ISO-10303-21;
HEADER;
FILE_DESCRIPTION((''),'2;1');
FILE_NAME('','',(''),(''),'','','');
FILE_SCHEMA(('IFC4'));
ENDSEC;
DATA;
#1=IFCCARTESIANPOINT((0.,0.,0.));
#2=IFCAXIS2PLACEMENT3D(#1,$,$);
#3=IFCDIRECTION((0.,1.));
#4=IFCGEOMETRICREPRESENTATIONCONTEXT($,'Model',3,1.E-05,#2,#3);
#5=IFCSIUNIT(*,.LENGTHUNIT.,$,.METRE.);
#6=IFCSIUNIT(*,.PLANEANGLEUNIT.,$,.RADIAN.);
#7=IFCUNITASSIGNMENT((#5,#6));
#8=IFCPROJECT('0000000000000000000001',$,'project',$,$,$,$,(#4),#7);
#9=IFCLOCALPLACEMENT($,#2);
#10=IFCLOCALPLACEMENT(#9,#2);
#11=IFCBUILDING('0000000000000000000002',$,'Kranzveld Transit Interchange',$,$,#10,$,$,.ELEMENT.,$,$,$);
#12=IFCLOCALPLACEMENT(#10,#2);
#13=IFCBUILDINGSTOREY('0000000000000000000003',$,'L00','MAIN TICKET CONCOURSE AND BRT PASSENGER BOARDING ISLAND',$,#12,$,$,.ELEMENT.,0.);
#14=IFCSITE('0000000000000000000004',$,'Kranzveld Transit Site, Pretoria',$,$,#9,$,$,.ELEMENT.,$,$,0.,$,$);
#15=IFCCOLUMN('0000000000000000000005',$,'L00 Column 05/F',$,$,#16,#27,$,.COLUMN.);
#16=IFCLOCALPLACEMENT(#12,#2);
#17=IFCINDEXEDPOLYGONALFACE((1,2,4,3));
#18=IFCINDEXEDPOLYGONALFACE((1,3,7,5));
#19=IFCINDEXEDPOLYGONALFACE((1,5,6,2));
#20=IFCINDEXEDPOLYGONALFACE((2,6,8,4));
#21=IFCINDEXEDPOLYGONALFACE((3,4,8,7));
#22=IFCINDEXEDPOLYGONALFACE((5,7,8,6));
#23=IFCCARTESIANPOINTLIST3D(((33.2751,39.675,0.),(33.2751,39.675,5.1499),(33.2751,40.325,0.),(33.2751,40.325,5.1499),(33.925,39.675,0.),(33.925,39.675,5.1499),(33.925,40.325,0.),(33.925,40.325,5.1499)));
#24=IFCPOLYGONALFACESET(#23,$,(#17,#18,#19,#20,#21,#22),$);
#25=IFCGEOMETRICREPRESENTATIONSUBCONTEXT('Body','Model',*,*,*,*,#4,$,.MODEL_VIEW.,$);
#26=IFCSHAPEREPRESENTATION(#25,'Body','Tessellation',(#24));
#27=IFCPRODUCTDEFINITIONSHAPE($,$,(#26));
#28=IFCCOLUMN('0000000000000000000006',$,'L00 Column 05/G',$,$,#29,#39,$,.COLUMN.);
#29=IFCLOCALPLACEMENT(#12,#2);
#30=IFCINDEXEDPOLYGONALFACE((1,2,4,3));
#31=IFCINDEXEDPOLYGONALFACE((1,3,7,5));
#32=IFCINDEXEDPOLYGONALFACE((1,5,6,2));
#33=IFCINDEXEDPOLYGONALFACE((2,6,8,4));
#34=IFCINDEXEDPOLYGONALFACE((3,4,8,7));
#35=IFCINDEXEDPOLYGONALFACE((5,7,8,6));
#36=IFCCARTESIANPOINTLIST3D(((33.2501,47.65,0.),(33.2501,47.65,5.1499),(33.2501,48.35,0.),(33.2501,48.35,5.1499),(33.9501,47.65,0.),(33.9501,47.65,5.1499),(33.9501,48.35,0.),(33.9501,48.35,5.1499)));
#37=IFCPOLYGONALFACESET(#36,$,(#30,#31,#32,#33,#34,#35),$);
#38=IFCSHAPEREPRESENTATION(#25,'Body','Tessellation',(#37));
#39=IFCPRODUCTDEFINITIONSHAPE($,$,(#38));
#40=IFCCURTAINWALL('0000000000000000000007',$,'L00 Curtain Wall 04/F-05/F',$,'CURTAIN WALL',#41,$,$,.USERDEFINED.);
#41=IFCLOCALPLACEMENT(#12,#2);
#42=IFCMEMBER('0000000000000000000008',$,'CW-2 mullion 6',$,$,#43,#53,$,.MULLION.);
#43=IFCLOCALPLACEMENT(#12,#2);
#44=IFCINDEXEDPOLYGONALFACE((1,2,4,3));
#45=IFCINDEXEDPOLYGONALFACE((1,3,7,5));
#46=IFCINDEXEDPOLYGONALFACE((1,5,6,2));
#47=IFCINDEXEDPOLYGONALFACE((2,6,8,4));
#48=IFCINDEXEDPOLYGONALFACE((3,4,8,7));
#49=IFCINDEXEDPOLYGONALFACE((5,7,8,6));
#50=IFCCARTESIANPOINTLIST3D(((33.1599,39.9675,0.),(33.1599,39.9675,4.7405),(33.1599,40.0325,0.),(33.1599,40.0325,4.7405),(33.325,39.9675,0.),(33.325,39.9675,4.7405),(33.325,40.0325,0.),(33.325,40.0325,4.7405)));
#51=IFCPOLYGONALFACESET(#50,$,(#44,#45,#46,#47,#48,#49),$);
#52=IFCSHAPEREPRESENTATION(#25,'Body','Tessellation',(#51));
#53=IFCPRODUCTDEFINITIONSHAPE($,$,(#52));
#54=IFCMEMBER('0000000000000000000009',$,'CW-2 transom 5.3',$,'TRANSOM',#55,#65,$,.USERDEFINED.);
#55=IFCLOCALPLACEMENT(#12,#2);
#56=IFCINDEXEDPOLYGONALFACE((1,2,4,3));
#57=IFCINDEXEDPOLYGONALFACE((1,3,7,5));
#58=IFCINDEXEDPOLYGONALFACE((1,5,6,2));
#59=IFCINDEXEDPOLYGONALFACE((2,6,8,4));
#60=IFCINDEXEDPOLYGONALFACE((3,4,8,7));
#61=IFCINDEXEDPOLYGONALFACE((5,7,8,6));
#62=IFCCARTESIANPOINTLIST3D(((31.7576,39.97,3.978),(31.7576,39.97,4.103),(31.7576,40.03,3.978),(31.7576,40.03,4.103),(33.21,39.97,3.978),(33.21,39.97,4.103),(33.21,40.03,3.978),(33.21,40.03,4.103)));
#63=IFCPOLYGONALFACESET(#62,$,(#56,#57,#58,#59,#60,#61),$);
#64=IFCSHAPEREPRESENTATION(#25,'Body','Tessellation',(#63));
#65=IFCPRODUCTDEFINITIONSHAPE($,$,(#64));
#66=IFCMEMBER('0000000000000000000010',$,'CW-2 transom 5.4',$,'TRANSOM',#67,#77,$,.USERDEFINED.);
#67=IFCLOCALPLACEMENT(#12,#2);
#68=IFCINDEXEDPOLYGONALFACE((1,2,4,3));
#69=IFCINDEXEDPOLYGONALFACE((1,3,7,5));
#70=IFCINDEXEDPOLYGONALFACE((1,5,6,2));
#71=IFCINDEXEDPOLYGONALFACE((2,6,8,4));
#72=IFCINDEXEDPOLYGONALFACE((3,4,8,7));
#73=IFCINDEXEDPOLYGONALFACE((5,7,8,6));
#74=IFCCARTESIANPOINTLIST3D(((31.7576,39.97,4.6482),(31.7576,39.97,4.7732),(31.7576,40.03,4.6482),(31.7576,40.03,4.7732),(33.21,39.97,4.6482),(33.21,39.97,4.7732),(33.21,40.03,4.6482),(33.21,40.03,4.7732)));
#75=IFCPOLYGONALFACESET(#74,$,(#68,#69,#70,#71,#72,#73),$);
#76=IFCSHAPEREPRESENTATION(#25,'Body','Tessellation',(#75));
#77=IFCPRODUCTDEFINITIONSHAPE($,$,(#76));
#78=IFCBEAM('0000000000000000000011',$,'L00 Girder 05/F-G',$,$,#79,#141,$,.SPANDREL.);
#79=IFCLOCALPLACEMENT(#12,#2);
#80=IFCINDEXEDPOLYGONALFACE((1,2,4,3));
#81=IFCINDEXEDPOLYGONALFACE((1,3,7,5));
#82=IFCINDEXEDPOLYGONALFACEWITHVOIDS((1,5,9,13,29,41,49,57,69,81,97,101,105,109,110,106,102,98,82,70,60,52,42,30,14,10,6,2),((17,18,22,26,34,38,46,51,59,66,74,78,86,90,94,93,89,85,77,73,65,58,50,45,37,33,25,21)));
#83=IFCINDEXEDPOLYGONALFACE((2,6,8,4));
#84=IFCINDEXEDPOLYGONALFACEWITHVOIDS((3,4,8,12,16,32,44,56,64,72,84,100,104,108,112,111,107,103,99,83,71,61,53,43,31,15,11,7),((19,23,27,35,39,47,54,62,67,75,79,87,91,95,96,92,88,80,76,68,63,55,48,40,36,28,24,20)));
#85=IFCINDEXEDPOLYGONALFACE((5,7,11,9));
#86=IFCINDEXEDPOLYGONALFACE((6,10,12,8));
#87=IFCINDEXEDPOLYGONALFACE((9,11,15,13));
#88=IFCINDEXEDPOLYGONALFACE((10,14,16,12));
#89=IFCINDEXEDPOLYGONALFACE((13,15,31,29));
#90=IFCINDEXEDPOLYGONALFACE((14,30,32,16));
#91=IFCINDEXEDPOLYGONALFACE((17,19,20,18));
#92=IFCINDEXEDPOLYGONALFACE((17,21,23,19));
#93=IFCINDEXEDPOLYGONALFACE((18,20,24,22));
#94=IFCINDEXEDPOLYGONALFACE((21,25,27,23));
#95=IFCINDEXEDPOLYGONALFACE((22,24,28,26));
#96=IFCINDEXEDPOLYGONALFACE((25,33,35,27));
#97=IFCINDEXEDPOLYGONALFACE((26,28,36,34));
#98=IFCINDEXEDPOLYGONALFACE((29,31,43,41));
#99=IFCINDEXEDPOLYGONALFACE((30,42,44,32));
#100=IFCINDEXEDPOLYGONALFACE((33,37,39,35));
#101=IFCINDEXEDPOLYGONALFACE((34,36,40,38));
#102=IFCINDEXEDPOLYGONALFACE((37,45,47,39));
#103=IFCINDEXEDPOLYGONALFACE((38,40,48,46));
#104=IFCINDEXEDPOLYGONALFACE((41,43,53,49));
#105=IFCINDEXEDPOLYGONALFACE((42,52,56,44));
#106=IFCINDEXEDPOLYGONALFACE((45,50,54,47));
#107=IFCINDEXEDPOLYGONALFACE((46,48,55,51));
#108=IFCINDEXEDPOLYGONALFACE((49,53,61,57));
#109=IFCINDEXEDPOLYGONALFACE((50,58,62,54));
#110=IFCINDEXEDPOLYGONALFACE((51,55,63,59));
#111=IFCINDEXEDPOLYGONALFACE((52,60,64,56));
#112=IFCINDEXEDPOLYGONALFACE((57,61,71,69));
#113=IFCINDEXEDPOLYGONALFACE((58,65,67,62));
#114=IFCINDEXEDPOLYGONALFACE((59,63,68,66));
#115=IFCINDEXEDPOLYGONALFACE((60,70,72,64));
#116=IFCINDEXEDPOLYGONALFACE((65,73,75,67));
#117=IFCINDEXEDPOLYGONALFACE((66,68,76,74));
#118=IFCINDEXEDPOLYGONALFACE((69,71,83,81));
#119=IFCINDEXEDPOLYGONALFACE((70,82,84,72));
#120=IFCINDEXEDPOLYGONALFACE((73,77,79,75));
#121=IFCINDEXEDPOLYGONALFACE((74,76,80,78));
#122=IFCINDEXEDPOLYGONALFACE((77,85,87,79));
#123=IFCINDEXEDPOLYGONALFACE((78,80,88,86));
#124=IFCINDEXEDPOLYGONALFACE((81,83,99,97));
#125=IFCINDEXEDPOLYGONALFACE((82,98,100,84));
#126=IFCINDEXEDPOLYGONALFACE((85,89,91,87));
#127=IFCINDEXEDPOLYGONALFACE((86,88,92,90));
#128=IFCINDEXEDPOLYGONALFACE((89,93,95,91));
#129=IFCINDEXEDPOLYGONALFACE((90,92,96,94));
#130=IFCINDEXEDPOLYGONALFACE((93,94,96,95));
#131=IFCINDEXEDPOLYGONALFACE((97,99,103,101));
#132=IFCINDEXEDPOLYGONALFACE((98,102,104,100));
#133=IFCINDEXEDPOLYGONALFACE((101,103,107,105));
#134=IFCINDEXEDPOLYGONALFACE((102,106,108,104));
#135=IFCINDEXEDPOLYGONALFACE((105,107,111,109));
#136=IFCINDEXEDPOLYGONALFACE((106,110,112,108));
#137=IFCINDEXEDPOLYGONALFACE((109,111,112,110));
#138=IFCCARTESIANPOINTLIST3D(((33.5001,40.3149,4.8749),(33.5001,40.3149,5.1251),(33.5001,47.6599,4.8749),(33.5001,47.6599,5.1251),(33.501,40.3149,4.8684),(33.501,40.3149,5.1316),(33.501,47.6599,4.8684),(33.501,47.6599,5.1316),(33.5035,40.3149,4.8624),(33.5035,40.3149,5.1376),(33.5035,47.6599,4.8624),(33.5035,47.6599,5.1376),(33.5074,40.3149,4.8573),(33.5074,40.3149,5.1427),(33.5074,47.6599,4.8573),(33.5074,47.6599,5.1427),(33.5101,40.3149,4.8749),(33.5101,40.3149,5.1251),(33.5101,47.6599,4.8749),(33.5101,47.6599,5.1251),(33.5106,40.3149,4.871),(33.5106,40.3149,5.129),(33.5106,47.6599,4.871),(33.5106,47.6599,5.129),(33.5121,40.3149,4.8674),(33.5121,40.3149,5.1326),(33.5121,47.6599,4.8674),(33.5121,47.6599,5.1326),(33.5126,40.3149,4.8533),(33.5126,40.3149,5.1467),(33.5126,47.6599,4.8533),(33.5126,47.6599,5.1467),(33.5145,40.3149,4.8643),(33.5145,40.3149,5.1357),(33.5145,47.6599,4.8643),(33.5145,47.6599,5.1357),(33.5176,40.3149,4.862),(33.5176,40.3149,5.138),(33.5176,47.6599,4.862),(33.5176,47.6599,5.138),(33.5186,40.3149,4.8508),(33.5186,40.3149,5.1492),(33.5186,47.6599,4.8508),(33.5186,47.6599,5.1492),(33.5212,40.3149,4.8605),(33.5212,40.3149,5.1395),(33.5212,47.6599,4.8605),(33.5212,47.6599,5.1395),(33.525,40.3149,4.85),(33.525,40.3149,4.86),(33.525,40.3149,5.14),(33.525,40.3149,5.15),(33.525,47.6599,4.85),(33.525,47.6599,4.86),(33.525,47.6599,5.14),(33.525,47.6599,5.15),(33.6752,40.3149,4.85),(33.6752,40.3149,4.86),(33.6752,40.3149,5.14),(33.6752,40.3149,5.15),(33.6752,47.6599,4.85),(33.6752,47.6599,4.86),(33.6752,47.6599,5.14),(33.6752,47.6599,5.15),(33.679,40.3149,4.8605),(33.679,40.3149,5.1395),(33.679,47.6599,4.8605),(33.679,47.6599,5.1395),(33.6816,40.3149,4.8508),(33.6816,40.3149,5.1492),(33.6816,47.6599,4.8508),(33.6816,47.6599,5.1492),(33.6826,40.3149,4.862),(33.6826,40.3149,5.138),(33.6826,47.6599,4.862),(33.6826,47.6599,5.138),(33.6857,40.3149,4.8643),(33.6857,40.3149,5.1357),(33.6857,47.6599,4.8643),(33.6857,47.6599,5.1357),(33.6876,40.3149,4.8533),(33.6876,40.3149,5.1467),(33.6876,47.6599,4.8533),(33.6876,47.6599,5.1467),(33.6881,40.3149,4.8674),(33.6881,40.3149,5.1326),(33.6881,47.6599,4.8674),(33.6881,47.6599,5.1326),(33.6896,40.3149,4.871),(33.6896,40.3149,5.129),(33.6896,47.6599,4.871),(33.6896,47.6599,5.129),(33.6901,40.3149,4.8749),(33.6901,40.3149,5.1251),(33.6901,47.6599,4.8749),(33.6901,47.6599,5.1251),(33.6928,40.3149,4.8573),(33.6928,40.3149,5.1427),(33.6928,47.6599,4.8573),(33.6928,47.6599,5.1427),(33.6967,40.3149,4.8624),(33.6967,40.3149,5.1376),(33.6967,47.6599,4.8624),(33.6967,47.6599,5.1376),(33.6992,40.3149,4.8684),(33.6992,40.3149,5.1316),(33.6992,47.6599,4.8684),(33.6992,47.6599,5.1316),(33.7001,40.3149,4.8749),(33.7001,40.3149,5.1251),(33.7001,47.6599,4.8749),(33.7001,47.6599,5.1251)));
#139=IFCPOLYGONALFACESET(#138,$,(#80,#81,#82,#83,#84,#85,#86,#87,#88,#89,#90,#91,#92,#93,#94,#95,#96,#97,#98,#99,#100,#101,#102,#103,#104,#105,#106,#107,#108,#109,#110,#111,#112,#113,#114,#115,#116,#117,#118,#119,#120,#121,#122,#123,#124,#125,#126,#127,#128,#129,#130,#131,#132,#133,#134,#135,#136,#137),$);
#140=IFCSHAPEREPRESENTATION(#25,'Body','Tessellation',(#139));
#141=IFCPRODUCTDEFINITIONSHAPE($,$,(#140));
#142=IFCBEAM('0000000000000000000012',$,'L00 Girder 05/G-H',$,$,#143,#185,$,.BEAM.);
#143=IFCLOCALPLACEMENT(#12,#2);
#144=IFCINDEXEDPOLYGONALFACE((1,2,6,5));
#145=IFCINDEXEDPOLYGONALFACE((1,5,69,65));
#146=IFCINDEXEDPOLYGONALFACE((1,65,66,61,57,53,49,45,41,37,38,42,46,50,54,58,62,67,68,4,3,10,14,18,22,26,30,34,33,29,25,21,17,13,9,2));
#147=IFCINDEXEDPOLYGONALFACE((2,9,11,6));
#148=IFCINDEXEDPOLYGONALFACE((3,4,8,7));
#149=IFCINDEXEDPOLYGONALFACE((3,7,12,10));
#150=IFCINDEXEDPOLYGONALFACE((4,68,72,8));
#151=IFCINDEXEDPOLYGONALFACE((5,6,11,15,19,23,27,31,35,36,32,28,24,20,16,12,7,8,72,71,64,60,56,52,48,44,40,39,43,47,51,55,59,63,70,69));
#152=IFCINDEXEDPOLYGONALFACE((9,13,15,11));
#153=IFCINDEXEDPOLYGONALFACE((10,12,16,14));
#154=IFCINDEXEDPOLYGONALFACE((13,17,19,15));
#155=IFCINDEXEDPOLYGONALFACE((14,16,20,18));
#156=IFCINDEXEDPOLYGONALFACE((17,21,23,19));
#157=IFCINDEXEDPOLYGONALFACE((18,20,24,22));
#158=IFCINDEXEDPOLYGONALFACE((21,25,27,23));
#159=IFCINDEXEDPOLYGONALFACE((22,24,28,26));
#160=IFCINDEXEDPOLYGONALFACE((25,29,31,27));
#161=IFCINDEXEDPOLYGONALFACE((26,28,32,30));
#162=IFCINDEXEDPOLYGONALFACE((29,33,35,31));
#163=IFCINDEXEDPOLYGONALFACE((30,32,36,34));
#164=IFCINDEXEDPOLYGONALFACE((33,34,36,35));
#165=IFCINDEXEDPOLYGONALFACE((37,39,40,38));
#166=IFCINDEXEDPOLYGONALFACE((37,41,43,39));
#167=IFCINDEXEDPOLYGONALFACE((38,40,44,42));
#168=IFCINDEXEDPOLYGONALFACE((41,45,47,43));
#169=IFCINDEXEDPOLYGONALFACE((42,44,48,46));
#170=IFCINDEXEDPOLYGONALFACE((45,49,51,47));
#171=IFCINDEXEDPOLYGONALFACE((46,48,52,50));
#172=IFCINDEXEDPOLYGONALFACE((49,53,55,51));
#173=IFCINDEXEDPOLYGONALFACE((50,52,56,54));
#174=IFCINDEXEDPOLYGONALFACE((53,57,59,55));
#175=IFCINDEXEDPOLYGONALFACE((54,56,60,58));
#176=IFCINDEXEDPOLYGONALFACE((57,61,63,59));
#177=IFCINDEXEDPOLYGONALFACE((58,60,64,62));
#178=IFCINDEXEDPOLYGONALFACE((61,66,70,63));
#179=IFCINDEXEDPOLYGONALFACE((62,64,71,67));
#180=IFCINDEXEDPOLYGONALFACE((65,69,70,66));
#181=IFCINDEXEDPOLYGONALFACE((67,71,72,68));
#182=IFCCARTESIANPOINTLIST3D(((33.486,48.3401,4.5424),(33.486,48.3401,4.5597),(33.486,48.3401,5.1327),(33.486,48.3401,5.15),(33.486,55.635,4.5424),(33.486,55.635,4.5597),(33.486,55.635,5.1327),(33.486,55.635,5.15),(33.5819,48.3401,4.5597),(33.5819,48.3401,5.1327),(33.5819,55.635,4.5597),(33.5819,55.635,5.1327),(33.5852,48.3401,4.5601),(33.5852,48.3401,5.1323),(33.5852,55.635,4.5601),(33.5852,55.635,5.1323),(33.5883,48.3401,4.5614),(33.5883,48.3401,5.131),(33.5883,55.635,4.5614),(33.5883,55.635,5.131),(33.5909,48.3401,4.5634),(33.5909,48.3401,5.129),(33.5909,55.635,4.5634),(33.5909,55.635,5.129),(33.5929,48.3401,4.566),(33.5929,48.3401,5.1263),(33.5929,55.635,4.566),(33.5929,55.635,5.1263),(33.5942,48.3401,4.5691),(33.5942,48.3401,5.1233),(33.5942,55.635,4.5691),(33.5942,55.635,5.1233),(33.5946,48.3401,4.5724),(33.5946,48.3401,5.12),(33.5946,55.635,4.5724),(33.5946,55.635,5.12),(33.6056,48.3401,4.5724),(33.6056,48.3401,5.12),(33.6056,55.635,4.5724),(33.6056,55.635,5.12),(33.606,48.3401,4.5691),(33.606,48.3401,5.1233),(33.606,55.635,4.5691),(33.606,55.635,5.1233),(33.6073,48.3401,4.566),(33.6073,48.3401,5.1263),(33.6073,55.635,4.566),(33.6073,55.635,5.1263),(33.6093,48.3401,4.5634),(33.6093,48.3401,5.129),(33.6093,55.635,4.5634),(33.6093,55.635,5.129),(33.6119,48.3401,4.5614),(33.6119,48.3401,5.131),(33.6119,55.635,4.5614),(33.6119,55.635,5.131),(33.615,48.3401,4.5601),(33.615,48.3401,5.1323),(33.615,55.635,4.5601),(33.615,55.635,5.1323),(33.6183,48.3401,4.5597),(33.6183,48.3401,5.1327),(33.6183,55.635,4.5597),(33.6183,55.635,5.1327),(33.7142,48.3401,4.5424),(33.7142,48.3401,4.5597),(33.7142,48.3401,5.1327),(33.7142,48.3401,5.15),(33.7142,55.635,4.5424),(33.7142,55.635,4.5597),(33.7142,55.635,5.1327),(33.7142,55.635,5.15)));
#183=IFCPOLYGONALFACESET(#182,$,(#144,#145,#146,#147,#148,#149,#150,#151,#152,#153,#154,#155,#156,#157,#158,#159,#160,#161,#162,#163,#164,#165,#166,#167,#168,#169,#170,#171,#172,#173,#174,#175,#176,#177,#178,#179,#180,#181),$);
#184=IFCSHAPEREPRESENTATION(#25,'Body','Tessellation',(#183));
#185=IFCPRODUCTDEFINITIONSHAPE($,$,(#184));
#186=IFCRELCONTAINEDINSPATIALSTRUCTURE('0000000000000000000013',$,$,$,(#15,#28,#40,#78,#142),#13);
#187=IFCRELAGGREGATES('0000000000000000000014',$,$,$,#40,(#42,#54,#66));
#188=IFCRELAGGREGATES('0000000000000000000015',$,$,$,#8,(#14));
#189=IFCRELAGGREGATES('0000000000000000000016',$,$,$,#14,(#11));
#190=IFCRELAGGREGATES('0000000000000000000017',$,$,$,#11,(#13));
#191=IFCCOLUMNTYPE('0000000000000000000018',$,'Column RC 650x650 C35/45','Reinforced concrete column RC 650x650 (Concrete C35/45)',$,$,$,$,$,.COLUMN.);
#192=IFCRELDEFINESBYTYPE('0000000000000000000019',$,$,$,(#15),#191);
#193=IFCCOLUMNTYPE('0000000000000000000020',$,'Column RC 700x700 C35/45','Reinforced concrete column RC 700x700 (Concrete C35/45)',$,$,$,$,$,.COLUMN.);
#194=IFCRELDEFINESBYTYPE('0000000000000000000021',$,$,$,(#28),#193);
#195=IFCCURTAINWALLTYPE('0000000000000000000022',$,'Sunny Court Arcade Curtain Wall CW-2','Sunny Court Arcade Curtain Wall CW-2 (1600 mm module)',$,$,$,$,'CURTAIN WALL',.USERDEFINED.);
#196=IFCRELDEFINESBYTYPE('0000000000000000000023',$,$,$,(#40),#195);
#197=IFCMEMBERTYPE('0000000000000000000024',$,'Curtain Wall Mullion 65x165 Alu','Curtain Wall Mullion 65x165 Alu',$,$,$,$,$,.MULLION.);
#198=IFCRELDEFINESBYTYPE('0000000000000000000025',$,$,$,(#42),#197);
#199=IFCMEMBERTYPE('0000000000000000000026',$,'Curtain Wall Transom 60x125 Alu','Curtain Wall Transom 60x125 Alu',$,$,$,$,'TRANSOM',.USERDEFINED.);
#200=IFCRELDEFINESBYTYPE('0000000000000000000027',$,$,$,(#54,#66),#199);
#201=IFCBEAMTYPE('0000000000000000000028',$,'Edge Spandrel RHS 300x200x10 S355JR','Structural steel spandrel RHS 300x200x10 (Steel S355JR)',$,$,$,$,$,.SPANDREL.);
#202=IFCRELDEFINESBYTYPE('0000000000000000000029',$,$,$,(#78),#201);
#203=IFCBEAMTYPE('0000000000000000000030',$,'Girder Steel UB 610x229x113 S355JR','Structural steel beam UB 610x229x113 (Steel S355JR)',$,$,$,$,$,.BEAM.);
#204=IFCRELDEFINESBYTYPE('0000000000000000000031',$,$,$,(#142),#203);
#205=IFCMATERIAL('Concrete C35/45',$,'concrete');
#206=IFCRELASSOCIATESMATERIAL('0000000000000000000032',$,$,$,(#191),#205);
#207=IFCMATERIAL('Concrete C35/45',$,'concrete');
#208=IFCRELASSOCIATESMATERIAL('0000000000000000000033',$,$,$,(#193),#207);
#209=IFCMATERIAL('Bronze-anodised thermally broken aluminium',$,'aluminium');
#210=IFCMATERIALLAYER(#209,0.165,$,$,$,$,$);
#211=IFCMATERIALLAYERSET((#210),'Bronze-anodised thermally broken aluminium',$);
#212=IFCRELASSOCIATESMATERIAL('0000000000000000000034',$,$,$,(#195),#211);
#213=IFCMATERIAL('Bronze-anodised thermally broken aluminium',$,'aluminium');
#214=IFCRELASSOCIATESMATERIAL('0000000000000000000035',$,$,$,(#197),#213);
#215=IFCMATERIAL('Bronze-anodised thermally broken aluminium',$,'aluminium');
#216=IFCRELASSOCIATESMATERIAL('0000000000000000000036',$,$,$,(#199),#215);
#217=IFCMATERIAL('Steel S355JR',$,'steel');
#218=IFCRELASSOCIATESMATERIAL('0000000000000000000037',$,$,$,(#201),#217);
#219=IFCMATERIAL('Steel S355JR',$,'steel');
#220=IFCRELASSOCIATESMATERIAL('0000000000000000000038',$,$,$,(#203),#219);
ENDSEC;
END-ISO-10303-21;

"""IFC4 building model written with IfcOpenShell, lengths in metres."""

from ifc_helpers import new_model, si_unit, direction, frame, origin, origin_2d, place, context, subcontext, project, spatial, rectangle, hollow_rectangle, i_section, extrude, material, layer, layer_set, material_profile, profile_set, type_object, element, aggregate, save


model = new_model("IFC4")

# Units and contexts
model_context = context("Model", 3, precision=1e-05, world=origin(), true_north=direction((0.0, 1.0)))
body_context = subcontext(model_context, "Body", "Model", "MODEL_VIEW")
ifc_project = project(units=[si_unit("LENGTHUNIT", "METRE"), si_unit("PLANEANGLEUNIT", "RADIAN")], contexts=[model_context])

# Site, building, storey
site_placement = place(None, origin())
site = spatial("IfcSite", under=ifc_project, at=site_placement, Name="Kranzveld Transit Site, Pretoria", CompositionType="ELEMENT", RefElevation=0.0)
building_placement = place(site_placement, origin())
building = spatial("IfcBuilding", under=site, at=building_placement, Name="Kranzveld Transit Interchange", CompositionType="ELEMENT")
storey_placement = place(building_placement, origin())
storey = spatial("IfcBuildingStorey", under=building, at=storey_placement, Name="L00", Description="MAIN TICKET CONCOURSE AND BRT PASSENGER BOARDING ISLAND", CompositionType="ELEMENT", Elevation=0.0)

# Columns
ifc_material_1 = material(Name="Concrete C35/45", Category="concrete")
ifc_material_profile_1 = material_profile(ifc_material_1, rectangle(XDim=0.6499, YDim=0.6499, at=origin_2d()), Name="RC 650x650")
ifc_profile_set_1 = profile_set([ifc_material_profile_1], Name="Concrete C35/45")
column_type_1 = type_object("IfcColumnType", Name="Column RC 650x650 C35/45", Description="Reinforced concrete column RC 650x650 (Concrete C35/45)", PredefinedType="COLUMN", material=ifc_profile_set_1)
column_1_placement = place(storey_placement, frame((33.6001, 40.0, 0.0), z_axis=(0.0, 0.0, 1.0), x_axis=(1.0, 0.0, 0.0)))
element("IfcColumn", 1, at=column_1_placement, inside=storey, type_object=column_type_1, Name="L00 Column 05/F", PredefinedType="COLUMN", context=body_context, shape_type="SweptSolid", body=[
    extrude(rectangle(XDim=0.6499, YDim=0.6499, at=origin_2d()), origin(), (0.0, 0.0, 1.0), 5.1499),
])
ifc_material_2 = material(Name="Concrete C35/45", Category="concrete")
ifc_material_profile_2 = material_profile(ifc_material_2, rectangle(XDim=0.7, YDim=0.7, at=origin_2d()), Name="RC 700x700")
ifc_profile_set_2 = profile_set([ifc_material_profile_2], Name="Concrete C35/45")
column_type_2 = type_object("IfcColumnType", Name="Column RC 700x700 C35/45", Description="Reinforced concrete column RC 700x700 (Concrete C35/45)", PredefinedType="COLUMN", material=ifc_profile_set_2)
column_2_placement = place(storey_placement, frame((33.6001, 48.0, 0.0), z_axis=(0.0, 0.0, 1.0), x_axis=(1.0, 0.0, 0.0)))
element("IfcColumn", 2, at=column_2_placement, inside=storey, type_object=column_type_2, Name="L00 Column 05/G", PredefinedType="COLUMN", context=body_context, shape_type="SweptSolid", body=[
    extrude(rectangle(XDim=0.7, YDim=0.7, at=origin_2d()), origin(), (0.0, 0.0, 1.0), 5.1499),
])

# Curtain wall, members
ifc_material_3 = material(Name="Bronze-anodised thermally broken aluminium", Category="aluminium")
ifc_layer_1 = layer(ifc_material_3, 0.165)
ifc_layer_set_1 = layer_set([ifc_layer_1], Name="Bronze-anodised thermally broken aluminium")
curtain_wall_type = type_object("IfcCurtainWallType", Name="Sunny Court Arcade Curtain Wall CW-2", Description="Sunny Court Arcade Curtain Wall CW-2 (1600 mm module)", ElementType="CURTAIN WALL", PredefinedType="USERDEFINED", material=ifc_layer_set_1)
curtain_wall_placement = place(storey_placement, origin())
curtain_wall = element("IfcCurtainWall", 3, at=curtain_wall_placement, inside=storey, type_object=curtain_wall_type, Name="L00 Curtain Wall 04/F-05/F", ObjectType="CURTAIN WALL", PredefinedType="USERDEFINED")
ifc_material_4 = material(Name="Bronze-anodised thermally broken aluminium", Category="aluminium")
ifc_material_profile_3 = material_profile(ifc_material_4, rectangle(XDim=0.0649, YDim=0.165, at=origin_2d()), Name="ALU MULLION 65x165")
ifc_profile_set_3 = profile_set([ifc_material_profile_3], Name="Bronze-anodised thermally broken aluminium")
member_type_1 = type_object("IfcMemberType", Name="Curtain Wall Mullion 65x165 Alu", Description="Curtain Wall Mullion 65x165 Alu", PredefinedType="MULLION", material=ifc_profile_set_3)
member_1_placement = place(storey_placement, frame((33.2424, 40.0, 0.0), z_axis=(0.0, 0.0, 1.0), x_axis=(0.0, 1.0, 0.0)))
member_1 = element("IfcMember", 4, at=member_1_placement, type_object=member_type_1, Name="CW-2 mullion 6", PredefinedType="MULLION", context=body_context, shape_type="SweptSolid", body=[
    extrude(rectangle(XDim=0.0649, YDim=0.165, at=origin_2d()), origin(), (0.0, 0.0, 1.0), 4.7405),
])
ifc_material_5 = material(Name="Bronze-anodised thermally broken aluminium", Category="aluminium")
ifc_material_profile_4 = material_profile(ifc_material_5, rectangle(XDim=0.0601, YDim=0.125, at=origin_2d()), Name="ALU TRANSOM 60x125")
ifc_profile_set_4 = profile_set([ifc_material_profile_4], Name="Bronze-anodised thermally broken aluminium")
member_type_2 = type_object("IfcMemberType", Name="Curtain Wall Transom 60x125 Alu", Description="Curtain Wall Transom 60x125 Alu", ElementType="TRANSOM", PredefinedType="USERDEFINED", material=ifc_profile_set_4)
member_2_placement = place(storey_placement, frame((31.7576, 40.0, 4.0405), z_axis=(1.0, 0.0, 0.0), x_axis=(0.0, 1.0, 0.0)))
member_2 = element("IfcMember", 5, at=member_2_placement, type_object=member_type_2, Name="CW-2 transom 5.3", ObjectType="TRANSOM", PredefinedType="USERDEFINED", context=body_context, shape_type="SweptSolid", body=[
    extrude(rectangle(XDim=0.0601, YDim=0.125, at=origin_2d()), origin(), (0.0, 0.0, 1.0), 1.4524),
])
member_3_placement = place(storey_placement, frame((31.7576, 40.0, 4.7107), z_axis=(1.0, 0.0, 0.0), x_axis=(0.0, 1.0, 0.0)))
member_3 = element("IfcMember", 6, at=member_3_placement, type_object=member_type_2, Name="CW-2 transom 5.4", ObjectType="TRANSOM", PredefinedType="USERDEFINED", context=body_context, shape_type="SweptSolid", body=[
    extrude(rectangle(XDim=0.0601, YDim=0.125, at=origin_2d()), origin(), (0.0, 0.0, 1.0), 1.4524),
])

# Beams
ifc_material_6 = material(Name="Steel S355JR", Category="steel")
ifc_material_profile_5 = material_profile(ifc_material_6, hollow_rectangle(XDim=0.2, YDim=0.3, WallThickness=0.01, InnerFilletRadius=0.0149, OuterFilletRadius=0.0249, at=origin_2d()), Name="RHS 300x200x10")
ifc_profile_set_5 = profile_set([ifc_material_profile_5], Name="Steel S355JR")
beam_type_1 = type_object("IfcBeamType", Name="Edge Spandrel RHS 300x200x10 S355JR", Description="Structural steel spandrel RHS 300x200x10 (Steel S355JR)", PredefinedType="SPANDREL", material=ifc_profile_set_5)
beam_1_placement = place(storey_placement, frame((33.6001, 40.3149, 5.0), z_axis=(0.0, 1.0, 0.0), x_axis=(-1.0, 0.0, 0.0)))
element("IfcBeam", 7, at=beam_1_placement, inside=storey, type_object=beam_type_1, Name="L00 Girder 05/F-G", PredefinedType="SPANDREL", context=body_context, shape_type="SweptSolid", body=[
    extrude(hollow_rectangle(XDim=0.2, YDim=0.3, WallThickness=0.01, InnerFilletRadius=0.0149, OuterFilletRadius=0.0249, at=origin_2d()), origin(), (0.0, 0.0, 1.0), 7.345),
])
ifc_material_7 = material(Name="Steel S355JR", Category="steel")
ifc_material_profile_6 = material_profile(ifc_material_7, i_section(OverallWidth=0.2283, OverallDepth=0.6077, WebThickness=0.011, FlangeThickness=0.0173, FilletRadius=0.0127, at=origin_2d()), Name="UB 610x229x113")
ifc_profile_set_6 = profile_set([ifc_material_profile_6], Name="Steel S355JR")
beam_type_2 = type_object("IfcBeamType", Name="Girder Steel UB 610x229x113 S355JR", Description="Structural steel beam UB 610x229x113 (Steel S355JR)", PredefinedType="BEAM", material=ifc_profile_set_6)
beam_2_placement = place(storey_placement, frame((33.6001, 48.3401, 4.8462), z_axis=(0.0, 1.0, 0.0), x_axis=(-1.0, 0.0, 0.0)))
element("IfcBeam", 8, at=beam_2_placement, inside=storey, type_object=beam_type_2, Name="L00 Girder 05/G-H", PredefinedType="BEAM", context=body_context, shape_type="SweptSolid", body=[
    extrude(i_section(OverallWidth=0.2283, OverallDepth=0.6077, WebThickness=0.011, FlangeThickness=0.0173, FilletRadius=0.0127, at=origin_2d()), origin(), (0.0, 0.0, 1.0), 7.2949),
])

aggregate(curtain_wall, [member_1, member_2, member_3])

save(model, "model.ifc")
